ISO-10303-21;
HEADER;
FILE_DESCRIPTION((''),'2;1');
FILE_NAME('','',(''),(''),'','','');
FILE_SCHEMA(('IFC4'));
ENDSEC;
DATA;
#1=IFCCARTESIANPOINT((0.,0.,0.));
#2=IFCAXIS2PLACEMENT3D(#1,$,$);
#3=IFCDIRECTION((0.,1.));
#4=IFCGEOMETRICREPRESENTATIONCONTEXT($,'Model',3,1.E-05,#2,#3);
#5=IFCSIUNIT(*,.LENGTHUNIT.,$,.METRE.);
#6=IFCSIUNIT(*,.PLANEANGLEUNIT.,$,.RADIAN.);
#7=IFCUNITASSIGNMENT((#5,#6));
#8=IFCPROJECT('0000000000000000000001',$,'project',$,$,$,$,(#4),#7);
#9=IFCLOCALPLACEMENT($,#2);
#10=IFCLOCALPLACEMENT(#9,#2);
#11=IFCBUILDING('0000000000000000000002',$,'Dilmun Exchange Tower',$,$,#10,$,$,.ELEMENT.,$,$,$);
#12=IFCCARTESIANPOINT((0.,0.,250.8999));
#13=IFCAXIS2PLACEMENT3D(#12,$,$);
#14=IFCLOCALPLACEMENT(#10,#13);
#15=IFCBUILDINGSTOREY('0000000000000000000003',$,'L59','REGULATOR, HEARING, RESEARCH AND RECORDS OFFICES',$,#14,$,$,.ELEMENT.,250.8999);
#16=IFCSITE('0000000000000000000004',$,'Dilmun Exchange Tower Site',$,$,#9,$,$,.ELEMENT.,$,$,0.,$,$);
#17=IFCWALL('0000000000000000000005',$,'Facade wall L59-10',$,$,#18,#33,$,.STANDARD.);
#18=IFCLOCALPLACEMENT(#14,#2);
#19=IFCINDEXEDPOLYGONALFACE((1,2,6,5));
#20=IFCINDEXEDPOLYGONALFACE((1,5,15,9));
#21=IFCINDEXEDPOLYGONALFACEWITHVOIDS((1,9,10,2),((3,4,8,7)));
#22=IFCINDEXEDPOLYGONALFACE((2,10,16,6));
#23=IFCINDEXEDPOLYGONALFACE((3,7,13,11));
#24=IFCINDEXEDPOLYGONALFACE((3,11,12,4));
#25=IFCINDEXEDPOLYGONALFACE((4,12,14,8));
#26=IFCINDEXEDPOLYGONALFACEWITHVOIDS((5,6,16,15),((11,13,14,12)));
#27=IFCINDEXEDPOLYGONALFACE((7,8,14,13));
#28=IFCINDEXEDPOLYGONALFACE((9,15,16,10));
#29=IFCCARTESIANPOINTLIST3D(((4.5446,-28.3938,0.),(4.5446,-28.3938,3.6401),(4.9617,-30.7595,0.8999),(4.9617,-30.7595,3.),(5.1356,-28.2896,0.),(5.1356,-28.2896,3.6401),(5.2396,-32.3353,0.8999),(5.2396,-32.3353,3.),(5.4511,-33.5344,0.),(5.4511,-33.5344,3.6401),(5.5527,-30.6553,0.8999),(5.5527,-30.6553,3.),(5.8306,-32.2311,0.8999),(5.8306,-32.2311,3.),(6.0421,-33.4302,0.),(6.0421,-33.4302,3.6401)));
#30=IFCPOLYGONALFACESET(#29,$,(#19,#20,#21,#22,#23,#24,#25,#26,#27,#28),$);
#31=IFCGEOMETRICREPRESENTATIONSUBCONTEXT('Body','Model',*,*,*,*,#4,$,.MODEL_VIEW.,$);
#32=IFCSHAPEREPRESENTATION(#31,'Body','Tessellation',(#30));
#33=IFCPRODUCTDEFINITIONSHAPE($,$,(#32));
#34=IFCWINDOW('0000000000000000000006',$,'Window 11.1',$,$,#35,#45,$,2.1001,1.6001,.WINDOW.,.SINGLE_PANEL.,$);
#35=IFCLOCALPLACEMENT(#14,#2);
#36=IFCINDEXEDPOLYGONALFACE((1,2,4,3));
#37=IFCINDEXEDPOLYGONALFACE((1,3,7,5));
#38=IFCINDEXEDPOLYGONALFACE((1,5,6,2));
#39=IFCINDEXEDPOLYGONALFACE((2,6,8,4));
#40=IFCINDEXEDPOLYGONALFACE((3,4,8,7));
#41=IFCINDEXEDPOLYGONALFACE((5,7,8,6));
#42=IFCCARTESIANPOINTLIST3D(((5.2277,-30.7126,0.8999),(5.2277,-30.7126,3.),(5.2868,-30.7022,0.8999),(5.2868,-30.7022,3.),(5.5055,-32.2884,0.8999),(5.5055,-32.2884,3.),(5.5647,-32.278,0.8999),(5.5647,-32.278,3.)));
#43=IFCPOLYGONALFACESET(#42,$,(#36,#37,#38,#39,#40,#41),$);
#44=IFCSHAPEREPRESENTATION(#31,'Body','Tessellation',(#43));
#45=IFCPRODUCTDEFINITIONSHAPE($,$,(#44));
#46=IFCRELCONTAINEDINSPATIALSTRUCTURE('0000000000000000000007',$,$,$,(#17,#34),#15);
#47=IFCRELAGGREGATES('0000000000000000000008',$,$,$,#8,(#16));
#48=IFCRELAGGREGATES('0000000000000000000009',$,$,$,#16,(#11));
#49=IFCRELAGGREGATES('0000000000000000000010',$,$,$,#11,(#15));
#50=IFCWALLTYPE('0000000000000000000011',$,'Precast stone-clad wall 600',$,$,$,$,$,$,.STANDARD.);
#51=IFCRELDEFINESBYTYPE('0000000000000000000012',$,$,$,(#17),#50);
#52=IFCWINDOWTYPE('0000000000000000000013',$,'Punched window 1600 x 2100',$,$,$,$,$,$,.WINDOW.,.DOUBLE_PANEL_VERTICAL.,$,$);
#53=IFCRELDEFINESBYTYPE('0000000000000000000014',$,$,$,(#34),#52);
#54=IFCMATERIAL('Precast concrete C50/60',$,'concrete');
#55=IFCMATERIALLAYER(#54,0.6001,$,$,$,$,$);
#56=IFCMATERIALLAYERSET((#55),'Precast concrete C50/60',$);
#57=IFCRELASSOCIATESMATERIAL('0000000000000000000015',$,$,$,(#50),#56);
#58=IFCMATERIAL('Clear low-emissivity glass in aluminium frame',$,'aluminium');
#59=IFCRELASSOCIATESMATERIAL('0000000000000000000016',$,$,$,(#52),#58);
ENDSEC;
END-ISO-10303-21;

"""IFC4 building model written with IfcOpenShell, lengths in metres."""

from ifc_helpers import new_model, si_unit, direction, frame, frame_2d, origin, place, context, subcontext, project, spatial, rectangle, extrude, material, layer, layer_set, type_object, element, fill, save


model = new_model("IFC4")

# Units and contexts
model_context = context("Model", 3, precision=1e-05, world=origin(), true_north=direction((0.0, 1.0)))
body_context = subcontext(model_context, "Body", "Model", "MODEL_VIEW")
ifc_project = project(units=[si_unit("LENGTHUNIT", "METRE"), si_unit("PLANEANGLEUNIT", "RADIAN")], contexts=[model_context])

# Site, building, storey
site_placement = place(None, origin())
site = spatial("IfcSite", under=ifc_project, at=site_placement, Name="Dilmun Exchange Tower Site", CompositionType="ELEMENT", RefElevation=0.0)
building_placement = place(site_placement, origin())
building = spatial("IfcBuilding", under=site, at=building_placement, Name="Dilmun Exchange Tower", CompositionType="ELEMENT")
storey_placement = place(building_placement, frame((0.0, 0.0, 250.8999)))
storey = spatial("IfcBuildingStorey", under=building, at=storey_placement, Name="L59", Description="REGULATOR, HEARING, RESEARCH AND RECORDS OFFICES", CompositionType="ELEMENT", Elevation=250.8999)

# Wall, opening, window
ifc_material_1 = material(Name="Precast concrete C50/60", Category="concrete")
ifc_layer_1 = layer(ifc_material_1, 0.6001)
ifc_layer_set_1 = layer_set([ifc_layer_1], Name="Precast concrete C50/60")
wall_type_1 = type_object("IfcWallType", Name="Precast stone-clad wall 600", PredefinedType="STANDARD", material=ifc_layer_set_1)
ifc_material_2 = material(Name="Clear low-emissivity glass in aluminium frame", Category="aluminium")
window_type_1 = type_object("IfcWindowType", Name="Punched window 1600 x 2100", PartitioningType="DOUBLE_PANEL_VERTICAL", PredefinedType="WINDOW", material=ifc_material_2)
wall_1_placement = place(storey_placement, frame((4.8401, -28.3418, 0.0), z_axis=(0.0, 0.0, 1.0), x_axis=(0.17366, -0.984806, 0.0)))
wall_1 = element("IfcWall", 1, at=wall_1_placement, inside=storey, type_object=wall_type_1, Name="Facade wall L59-10", PredefinedType="STANDARD", context=body_context, shape_type="SweptSolid", body=[
    extrude(rectangle(XDim=5.22, YDim=0.6001, at=frame_2d((2.6099, 0.0))), origin(), (0.0, 0.0, 1.0), 3.6401),
])
opening_1_placement = place(wall_1_placement, frame((2.4021, 0.0, 0.8999)))
opening_1 = element("IfcOpeningElement", 2, at=opening_1_placement, cuts=wall_1, PredefinedType="OPENING", context=body_context, shape_type="SweptSolid", body=[
    extrude(rectangle(XDim=1.6001, YDim=2.1001, at=frame_2d((0.8, 1.05))), frame((0.0, 0.3101, 0.0), z_axis=(0.0, -1.0, 0.0), x_axis=(1.0, 0.0, 0.0)), (0.0, 0.0, 1.0), 0.6201),
])
window_1_placement = place(opening_1_placement, origin())
window_1 = element("IfcWindow", 3, at=window_1_placement, inside=storey, type_object=window_type_1, Name="Window 11.1", OverallHeight=2.1001, OverallWidth=1.6001, PartitioningType="SINGLE_PANEL", PredefinedType="WINDOW", context=body_context, shape_type="SweptSolid", body=[
    extrude(rectangle(XDim=1.6001, YDim=2.1001, at=frame_2d((0.8, 1.05))), frame((0.0, 0.03, 0.0), z_axis=(0.0, -1.0, 0.0), x_axis=(1.0, 0.0, 0.0)), (0.0, 0.0, 1.0), 0.0601),
])
fill(opening_1, window_1)

save(model, "model.ifc")
